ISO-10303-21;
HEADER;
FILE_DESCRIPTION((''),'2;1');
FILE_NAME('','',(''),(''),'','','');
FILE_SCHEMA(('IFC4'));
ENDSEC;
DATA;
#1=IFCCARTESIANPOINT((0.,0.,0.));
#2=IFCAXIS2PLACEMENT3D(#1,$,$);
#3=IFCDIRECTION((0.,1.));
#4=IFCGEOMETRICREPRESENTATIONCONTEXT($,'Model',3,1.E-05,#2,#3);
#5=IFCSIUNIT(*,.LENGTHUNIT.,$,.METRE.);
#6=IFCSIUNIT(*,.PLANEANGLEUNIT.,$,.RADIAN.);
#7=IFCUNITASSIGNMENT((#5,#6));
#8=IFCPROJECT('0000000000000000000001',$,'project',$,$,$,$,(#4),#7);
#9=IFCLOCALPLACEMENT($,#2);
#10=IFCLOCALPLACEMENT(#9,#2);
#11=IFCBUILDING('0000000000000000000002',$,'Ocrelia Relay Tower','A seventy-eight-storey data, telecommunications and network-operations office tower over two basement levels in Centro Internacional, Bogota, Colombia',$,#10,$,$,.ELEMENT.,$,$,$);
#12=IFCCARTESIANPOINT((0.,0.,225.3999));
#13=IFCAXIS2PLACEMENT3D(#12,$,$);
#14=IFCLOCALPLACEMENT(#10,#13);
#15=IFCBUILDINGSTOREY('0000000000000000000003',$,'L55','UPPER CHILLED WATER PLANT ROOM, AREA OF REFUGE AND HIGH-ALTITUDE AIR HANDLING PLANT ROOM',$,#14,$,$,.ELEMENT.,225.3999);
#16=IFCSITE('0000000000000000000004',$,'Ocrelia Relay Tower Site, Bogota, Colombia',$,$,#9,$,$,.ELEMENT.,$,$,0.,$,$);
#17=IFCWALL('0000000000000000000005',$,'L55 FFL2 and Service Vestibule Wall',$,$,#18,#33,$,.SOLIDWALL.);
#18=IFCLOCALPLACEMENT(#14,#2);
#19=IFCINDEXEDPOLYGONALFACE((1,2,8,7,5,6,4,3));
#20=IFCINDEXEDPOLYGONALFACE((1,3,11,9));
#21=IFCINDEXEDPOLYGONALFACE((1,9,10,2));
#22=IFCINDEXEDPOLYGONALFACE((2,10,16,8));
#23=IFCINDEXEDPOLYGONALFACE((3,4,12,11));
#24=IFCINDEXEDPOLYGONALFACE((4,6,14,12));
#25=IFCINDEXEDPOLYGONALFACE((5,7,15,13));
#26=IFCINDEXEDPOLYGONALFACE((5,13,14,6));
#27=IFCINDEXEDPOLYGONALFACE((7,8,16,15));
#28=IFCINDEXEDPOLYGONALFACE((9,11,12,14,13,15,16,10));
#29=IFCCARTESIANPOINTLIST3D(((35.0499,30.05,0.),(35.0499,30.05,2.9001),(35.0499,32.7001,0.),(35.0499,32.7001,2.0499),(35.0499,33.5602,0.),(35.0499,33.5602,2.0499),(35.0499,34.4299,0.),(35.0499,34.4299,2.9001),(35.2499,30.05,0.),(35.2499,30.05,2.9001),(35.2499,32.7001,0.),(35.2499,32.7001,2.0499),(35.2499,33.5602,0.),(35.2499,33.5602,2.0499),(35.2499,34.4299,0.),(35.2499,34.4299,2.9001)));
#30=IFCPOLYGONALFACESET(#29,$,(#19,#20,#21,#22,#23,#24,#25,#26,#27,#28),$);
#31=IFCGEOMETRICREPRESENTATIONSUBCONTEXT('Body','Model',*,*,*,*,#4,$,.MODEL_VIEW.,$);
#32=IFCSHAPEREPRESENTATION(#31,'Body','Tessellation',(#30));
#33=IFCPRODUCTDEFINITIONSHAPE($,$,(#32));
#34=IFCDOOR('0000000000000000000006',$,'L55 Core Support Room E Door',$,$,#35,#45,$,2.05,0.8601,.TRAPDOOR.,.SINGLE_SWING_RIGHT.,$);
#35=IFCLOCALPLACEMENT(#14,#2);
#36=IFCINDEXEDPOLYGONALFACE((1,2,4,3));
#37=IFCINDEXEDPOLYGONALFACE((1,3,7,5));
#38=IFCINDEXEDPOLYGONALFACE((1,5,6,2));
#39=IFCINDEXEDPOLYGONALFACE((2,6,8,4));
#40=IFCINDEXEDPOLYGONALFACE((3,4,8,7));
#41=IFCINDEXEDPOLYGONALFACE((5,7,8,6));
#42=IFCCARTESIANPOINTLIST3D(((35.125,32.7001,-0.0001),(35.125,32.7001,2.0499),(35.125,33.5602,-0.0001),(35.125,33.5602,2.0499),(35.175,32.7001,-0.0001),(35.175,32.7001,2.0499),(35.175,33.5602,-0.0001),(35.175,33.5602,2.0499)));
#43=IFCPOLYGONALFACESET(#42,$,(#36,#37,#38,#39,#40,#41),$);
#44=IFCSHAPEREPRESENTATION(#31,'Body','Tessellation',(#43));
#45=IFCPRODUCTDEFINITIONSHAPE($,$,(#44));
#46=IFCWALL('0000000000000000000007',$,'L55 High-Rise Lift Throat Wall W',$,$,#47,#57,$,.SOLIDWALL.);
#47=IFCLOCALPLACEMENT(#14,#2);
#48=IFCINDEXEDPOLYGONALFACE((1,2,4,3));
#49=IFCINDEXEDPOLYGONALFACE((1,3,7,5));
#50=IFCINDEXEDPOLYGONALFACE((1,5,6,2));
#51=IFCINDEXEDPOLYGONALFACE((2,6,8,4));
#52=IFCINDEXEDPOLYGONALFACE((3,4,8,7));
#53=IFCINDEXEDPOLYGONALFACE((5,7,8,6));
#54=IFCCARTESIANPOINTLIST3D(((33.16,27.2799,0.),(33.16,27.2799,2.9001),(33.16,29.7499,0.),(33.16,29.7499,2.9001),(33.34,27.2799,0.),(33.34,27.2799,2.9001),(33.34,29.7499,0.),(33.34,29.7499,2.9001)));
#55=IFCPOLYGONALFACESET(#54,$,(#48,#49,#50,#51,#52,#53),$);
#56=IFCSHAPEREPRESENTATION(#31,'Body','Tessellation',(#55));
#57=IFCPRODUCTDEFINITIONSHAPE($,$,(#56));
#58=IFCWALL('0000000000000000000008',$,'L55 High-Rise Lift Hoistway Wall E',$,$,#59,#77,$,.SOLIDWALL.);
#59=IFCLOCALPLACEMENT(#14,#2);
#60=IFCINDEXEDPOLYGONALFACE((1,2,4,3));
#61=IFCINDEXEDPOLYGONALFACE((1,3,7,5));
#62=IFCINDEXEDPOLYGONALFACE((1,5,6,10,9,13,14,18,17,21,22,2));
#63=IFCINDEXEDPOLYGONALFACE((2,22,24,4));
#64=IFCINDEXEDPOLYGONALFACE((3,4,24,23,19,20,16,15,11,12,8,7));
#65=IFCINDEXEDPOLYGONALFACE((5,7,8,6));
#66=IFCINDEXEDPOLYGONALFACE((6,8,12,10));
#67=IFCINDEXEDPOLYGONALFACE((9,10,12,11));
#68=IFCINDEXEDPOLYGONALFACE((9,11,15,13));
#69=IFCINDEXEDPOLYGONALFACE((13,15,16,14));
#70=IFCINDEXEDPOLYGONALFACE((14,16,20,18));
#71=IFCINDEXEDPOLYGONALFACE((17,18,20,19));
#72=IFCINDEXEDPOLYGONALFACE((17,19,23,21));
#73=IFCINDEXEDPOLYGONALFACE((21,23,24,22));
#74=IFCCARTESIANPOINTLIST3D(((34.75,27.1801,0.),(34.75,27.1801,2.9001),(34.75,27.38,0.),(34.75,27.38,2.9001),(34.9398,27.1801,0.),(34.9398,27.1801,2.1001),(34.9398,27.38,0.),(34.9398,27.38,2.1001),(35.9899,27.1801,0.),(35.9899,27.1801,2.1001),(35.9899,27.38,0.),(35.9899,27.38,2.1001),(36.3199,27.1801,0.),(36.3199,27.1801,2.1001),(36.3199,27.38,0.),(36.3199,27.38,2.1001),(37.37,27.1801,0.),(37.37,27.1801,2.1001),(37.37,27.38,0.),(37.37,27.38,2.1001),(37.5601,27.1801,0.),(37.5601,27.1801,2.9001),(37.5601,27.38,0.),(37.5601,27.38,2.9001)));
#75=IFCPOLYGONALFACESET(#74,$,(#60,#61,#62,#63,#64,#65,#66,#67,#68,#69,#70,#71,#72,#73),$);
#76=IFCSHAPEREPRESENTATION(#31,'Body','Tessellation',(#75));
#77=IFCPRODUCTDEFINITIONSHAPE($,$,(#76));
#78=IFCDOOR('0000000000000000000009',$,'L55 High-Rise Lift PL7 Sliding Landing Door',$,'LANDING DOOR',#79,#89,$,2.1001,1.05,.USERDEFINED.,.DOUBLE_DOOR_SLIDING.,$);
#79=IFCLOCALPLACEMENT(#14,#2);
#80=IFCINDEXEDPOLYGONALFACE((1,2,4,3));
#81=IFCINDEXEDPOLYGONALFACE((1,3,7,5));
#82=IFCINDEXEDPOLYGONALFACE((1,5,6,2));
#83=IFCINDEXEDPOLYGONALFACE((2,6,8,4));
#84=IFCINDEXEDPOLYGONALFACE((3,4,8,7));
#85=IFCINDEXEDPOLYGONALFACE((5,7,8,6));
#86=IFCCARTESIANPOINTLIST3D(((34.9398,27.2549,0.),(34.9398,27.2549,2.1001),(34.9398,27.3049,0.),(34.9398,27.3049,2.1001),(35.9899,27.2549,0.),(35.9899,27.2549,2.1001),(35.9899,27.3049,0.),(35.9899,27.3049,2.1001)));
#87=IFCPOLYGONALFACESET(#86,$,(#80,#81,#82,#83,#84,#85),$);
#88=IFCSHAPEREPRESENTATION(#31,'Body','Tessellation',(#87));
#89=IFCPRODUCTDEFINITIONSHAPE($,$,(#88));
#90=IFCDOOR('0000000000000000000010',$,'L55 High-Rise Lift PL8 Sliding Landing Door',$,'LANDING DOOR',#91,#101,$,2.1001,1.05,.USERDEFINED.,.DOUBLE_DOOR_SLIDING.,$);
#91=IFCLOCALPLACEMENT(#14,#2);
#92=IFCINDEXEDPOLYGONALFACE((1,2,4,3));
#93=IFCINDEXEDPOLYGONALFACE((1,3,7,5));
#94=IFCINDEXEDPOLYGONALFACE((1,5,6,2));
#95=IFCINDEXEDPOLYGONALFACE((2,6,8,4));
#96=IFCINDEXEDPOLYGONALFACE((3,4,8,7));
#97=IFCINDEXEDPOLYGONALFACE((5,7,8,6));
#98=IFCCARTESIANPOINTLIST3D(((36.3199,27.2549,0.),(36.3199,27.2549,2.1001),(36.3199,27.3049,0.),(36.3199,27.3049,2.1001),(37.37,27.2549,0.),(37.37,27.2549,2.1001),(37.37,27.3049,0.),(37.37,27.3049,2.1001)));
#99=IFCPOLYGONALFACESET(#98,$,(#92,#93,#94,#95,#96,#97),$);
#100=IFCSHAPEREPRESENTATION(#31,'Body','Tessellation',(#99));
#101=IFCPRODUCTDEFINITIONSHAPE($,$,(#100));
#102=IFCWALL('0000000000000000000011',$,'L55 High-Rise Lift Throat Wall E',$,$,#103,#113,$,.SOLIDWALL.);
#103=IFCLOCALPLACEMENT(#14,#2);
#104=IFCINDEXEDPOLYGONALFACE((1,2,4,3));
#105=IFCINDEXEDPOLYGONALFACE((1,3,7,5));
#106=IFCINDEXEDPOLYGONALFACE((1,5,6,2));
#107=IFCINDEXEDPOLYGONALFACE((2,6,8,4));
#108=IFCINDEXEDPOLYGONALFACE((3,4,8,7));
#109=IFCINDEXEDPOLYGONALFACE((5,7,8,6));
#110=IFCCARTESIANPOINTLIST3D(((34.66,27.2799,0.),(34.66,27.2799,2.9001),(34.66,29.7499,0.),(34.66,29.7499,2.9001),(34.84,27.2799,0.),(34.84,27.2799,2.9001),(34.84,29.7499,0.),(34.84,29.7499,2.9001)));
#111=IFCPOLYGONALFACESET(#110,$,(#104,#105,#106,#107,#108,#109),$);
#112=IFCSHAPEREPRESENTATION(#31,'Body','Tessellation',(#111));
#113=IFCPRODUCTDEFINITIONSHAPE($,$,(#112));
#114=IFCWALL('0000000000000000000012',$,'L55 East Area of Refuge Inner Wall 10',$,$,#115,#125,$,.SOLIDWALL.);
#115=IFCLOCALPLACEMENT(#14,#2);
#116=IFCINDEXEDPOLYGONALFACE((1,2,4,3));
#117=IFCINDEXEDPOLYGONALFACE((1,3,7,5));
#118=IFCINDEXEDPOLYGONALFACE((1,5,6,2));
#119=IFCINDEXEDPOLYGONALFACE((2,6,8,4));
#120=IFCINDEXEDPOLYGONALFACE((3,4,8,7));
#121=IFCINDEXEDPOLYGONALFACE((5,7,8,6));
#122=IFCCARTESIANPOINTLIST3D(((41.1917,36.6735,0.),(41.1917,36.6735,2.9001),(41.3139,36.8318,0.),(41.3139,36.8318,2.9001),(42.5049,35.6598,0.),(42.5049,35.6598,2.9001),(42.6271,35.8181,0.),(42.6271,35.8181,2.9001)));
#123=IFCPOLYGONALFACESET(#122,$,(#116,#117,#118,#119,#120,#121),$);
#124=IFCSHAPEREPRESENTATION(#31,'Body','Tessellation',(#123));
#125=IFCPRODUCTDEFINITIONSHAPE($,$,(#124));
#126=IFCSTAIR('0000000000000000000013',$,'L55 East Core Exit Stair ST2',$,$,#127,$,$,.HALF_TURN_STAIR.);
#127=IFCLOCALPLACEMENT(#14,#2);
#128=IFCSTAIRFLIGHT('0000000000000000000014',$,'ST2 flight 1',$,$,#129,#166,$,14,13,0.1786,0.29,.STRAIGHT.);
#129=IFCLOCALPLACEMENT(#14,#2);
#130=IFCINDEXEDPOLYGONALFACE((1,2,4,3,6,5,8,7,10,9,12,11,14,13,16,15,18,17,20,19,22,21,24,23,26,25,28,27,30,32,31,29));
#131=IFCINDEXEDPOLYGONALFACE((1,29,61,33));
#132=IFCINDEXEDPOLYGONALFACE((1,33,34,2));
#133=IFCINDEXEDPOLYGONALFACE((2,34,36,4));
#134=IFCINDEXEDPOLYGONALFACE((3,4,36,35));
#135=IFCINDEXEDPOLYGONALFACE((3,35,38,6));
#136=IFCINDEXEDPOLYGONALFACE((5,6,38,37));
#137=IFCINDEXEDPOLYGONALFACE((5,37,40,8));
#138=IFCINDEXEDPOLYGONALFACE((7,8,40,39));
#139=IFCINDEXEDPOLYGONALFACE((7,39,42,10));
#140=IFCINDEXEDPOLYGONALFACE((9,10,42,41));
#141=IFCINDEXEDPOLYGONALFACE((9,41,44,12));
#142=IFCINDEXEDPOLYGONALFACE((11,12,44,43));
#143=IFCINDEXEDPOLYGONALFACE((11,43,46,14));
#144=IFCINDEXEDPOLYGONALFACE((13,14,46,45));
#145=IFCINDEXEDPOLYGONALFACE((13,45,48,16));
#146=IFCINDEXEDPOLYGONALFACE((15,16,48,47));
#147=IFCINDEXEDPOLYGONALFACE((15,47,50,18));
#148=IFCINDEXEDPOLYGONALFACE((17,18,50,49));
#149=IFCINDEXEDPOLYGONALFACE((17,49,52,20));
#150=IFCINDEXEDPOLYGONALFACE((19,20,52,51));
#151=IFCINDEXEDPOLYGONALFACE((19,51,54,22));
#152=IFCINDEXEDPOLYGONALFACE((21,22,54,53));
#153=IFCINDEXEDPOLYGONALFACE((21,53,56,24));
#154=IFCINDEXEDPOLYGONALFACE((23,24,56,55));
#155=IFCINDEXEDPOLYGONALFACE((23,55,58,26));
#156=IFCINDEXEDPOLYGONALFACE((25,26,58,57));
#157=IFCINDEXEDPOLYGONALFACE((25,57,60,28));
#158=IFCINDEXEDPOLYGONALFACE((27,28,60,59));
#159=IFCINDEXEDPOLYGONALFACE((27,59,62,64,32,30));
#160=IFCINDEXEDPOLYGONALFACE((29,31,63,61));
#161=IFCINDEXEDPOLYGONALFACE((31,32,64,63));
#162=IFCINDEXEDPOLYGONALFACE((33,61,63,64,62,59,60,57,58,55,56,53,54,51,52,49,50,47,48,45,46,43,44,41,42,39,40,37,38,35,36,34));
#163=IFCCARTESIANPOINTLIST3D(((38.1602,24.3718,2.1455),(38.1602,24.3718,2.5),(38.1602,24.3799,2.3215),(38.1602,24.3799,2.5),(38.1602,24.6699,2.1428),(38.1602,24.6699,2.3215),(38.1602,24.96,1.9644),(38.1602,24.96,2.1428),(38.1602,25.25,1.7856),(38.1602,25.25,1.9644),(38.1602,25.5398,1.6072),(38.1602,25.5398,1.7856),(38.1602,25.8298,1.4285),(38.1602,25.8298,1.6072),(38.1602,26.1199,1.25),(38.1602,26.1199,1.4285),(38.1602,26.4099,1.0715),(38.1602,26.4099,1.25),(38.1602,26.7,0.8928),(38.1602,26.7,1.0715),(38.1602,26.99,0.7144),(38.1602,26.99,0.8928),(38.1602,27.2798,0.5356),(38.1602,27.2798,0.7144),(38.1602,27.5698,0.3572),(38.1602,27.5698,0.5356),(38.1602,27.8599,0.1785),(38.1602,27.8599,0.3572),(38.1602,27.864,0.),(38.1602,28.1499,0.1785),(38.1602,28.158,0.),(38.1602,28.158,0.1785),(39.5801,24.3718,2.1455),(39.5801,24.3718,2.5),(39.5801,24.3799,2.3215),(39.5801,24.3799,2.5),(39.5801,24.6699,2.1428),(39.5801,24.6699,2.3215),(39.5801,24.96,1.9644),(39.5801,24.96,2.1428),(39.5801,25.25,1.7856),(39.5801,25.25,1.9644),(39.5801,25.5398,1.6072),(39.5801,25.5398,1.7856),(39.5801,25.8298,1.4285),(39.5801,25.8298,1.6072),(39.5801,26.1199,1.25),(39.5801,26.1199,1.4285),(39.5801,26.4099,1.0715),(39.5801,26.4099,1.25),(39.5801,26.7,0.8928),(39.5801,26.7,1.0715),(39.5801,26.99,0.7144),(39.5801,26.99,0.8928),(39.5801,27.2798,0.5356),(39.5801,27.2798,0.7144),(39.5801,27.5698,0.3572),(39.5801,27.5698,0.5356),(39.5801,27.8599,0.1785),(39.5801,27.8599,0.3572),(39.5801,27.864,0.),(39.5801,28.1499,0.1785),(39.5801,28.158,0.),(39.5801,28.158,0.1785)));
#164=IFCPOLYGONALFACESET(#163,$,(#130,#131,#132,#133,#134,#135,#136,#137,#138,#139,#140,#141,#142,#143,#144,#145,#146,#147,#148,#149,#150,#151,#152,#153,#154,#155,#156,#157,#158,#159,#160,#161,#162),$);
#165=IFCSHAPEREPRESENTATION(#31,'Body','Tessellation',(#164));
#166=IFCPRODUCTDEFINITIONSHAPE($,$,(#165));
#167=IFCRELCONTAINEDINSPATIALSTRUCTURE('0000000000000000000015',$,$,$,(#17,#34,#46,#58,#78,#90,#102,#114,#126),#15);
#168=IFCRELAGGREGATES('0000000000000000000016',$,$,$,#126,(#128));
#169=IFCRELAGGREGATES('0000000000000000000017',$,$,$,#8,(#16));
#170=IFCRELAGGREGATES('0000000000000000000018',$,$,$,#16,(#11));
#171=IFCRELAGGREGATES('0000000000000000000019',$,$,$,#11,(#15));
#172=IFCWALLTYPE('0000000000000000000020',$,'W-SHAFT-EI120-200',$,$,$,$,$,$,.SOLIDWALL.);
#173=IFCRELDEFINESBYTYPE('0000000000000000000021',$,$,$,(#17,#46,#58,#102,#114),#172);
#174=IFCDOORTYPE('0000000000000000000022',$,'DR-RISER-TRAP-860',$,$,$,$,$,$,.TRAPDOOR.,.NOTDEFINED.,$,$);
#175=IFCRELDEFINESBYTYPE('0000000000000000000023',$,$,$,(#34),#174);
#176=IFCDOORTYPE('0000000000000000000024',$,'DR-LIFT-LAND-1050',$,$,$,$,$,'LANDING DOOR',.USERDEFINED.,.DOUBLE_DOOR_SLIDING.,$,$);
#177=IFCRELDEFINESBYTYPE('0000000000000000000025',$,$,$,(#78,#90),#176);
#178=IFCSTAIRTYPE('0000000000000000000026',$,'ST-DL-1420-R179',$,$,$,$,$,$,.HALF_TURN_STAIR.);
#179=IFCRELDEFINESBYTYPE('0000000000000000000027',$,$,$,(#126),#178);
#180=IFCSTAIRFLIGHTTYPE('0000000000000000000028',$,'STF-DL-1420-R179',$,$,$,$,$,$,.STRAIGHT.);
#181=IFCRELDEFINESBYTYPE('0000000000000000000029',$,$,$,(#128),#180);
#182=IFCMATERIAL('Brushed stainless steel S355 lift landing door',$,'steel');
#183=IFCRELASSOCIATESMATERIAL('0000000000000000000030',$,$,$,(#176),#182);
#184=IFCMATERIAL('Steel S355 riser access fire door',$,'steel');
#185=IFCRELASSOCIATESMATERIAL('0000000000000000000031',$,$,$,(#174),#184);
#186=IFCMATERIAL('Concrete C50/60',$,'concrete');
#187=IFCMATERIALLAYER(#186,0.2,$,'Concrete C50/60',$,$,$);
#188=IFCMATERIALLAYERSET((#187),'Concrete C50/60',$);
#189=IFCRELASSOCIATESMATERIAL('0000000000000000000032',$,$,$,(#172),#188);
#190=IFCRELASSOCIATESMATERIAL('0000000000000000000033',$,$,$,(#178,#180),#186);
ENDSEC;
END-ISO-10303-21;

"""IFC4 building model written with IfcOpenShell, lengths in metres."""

from ifc_helpers import new_model, si_unit, direction, frame, frame_2d, origin, place, context, subcontext, project, spatial, polyline, rectangle, outline, extrude, material, layer, layer_set, type_object, element, fill, aggregate, save


model = new_model("IFC4")

# Units and contexts
model_context = context("Model", 3, precision=1e-05, world=origin(), true_north=direction((0.0, 1.0)))
body_context = subcontext(model_context, "Body", "Model", "MODEL_VIEW")
ifc_project = project(units=[si_unit("LENGTHUNIT", "METRE"), si_unit("PLANEANGLEUNIT", "RADIAN")], contexts=[model_context])

# Site, building, storey
site_placement = place(None, origin())
site = spatial("IfcSite", under=ifc_project, at=site_placement, Name="Ocrelia Relay Tower Site, Bogota, Colombia", CompositionType="ELEMENT", RefElevation=0.0)
building_placement = place(site_placement, origin())
building = spatial("IfcBuilding", under=site, at=building_placement, Name="Ocrelia Relay Tower", Description="A seventy-eight-storey data, telecommunications and network-operations office tower over two basement levels in Centro Internacional, Bogota, Colombia", CompositionType="ELEMENT")
storey_placement = place(building_placement, frame((0.0, 0.0, 225.3999)))
storey = spatial("IfcBuildingStorey", under=building, at=storey_placement, Name="L55", Description="UPPER CHILLED WATER PLANT ROOM, AREA OF REFUGE AND HIGH-ALTITUDE AIR HANDLING PLANT ROOM", CompositionType="ELEMENT", Elevation=225.3999)

# Shared definitions
ifc_material_1 = material(Name="Concrete C50/60", Category="concrete")
ifc_material_2 = material(Name="Brushed stainless steel S355 lift landing door", Category="steel")
door_type_1 = type_object("IfcDoorType", Name="DR-LIFT-LAND-1050", ElementType="LANDING DOOR", OperationType="DOUBLE_DOOR_SLIDING", PredefinedType="USERDEFINED", material=ifc_material_2)

# Shared definitions
ifc_material_3 = material(Name="Steel S355 riser access fire door", Category="steel")
door_type_2 = type_object("IfcDoorType", Name="DR-RISER-TRAP-860", OperationType="NOTDEFINED", PredefinedType="TRAPDOOR", material=ifc_material_3)
ifc_layer_1 = layer(ifc_material_1, 0.2, Name="Concrete C50/60")
ifc_layer_set_1 = layer_set([ifc_layer_1], Name="Concrete C50/60")
wall_type_1 = type_object("IfcWallType", Name="W-SHAFT-EI120-200", PredefinedType="SOLIDWALL", material=ifc_layer_set_1)

# Wall, opening, door
wall_1_placement = place(storey_placement, frame((35.1499, 30.05, 0.0), z_axis=(0.0, 0.0, 1.0), x_axis=(0.0, 1.0, 0.0)))
wall_1 = element("IfcWall", 1, at=wall_1_placement, inside=storey, type_object=wall_type_1, Name="L55 FFL2 and Service Vestibule Wall", PredefinedType="SOLIDWALL", context=body_context, shape_type="SweptSolid", body=[
    extrude(rectangle(XDim=4.3799, YDim=0.2, at=frame_2d((2.1899, 0.0))), origin(), (0.0, 0.0, 1.0), 2.9001),
])
opening_1_placement = place(wall_1_placement, frame((2.6499, 0.0, 0.0)))
opening_1 = element("IfcOpeningElement", 2, at=opening_1_placement, cuts=wall_1, PredefinedType="OPENING", context=body_context, shape_type="SweptSolid", body=[
    extrude(rectangle(XDim=0.8601, YDim=2.05, at=frame_2d((0.4302, 1.0249))), frame((0.0, 0.1099, 0.0), z_axis=(0.0, -1.0, 0.0), x_axis=(1.0, 0.0, 0.0)), (0.0, 0.0, 1.0), 0.22),
])
door_1_placement = place(opening_1_placement, origin())
door_1 = element("IfcDoor", 3, at=door_1_placement, inside=storey, type_object=door_type_2, Name="L55 Core Support Room E Door", OperationType="SINGLE_SWING_RIGHT", OverallHeight=2.05, OverallWidth=0.8601, PredefinedType="TRAPDOOR", context=body_context, shape_type="SweptSolid", body=[
    extrude(rectangle(XDim=0.8601, YDim=2.05, at=frame_2d((0.4302, 1.0249))), frame((0.0, 0.0249, 0.0), z_axis=(0.0, -1.0, 0.0), x_axis=(1.0, 0.0, 0.0)), (0.0, 0.0, 1.0), 0.05),
])
fill(opening_1, door_1)

# Wall
wall_2_placement = place(storey_placement, frame((33.25, 27.28, 0.0), z_axis=(0.0, 0.0, 1.0), x_axis=(0.0, 1.0, 0.0)))
element("IfcWall", 4, at=wall_2_placement, inside=storey, type_object=wall_type_1, Name="L55 High-Rise Lift Throat Wall W", PredefinedType="SOLIDWALL", context=body_context, shape_type="SweptSolid", body=[
    extrude(rectangle(XDim=2.47, YDim=0.1799, at=frame_2d((1.2349, 0.0))), origin(), (0.0, 0.0, 1.0), 2.9001),
])

# Wall, openings, doors
wall_3_placement = place(storey_placement, frame((34.75, 27.28, 0.0), z_axis=(0.0, 0.0, 1.0), x_axis=(1.0, 0.0, 0.0)))
wall_3 = element("IfcWall", 5, at=wall_3_placement, inside=storey, type_object=wall_type_1, Name="L55 High-Rise Lift Hoistway Wall E", PredefinedType="SOLIDWALL", context=body_context, shape_type="SweptSolid", body=[
    extrude(rectangle(XDim=2.8101, YDim=0.2, at=frame_2d((1.405, 0.0))), origin(), (0.0, 0.0, 1.0), 2.9001),
])
opening_2_placement = place(wall_3_placement, frame((0.1899, 0.0, 0.0)))
opening_2 = element("IfcOpeningElement", 6, at=opening_2_placement, cuts=wall_3, PredefinedType="OPENING", context=body_context, shape_type="SweptSolid", body=[
    extrude(rectangle(XDim=1.05, YDim=2.1001, at=frame_2d((0.5249, 1.05))), frame((0.0, 0.1099, 0.0), z_axis=(0.0, -1.0, 0.0), x_axis=(1.0, 0.0, 0.0)), (0.0, 0.0, 1.0), 0.22),
])
opening_3_placement = place(wall_3_placement, frame((1.5701, 0.0, 0.0)))
opening_3 = element("IfcOpeningElement", 7, at=opening_3_placement, cuts=wall_3, PredefinedType="OPENING", context=body_context, shape_type="SweptSolid", body=[
    extrude(rectangle(XDim=1.05, YDim=2.1001, at=frame_2d((0.5249, 1.05))), frame((0.0, 0.1099, 0.0), z_axis=(0.0, -1.0, 0.0), x_axis=(1.0, 0.0, 0.0)), (0.0, 0.0, 1.0), 0.22),
])
door_2_placement = place(opening_2_placement, origin())
door_2 = element("IfcDoor", 8, at=door_2_placement, inside=storey, type_object=door_type_1, Name="L55 High-Rise Lift PL7 Sliding Landing Door", ObjectType="LANDING DOOR", OperationType="DOUBLE_DOOR_SLIDING", OverallHeight=2.1001, OverallWidth=1.05, PredefinedType="USERDEFINED", context=body_context, shape_type="SweptSolid", body=[
    extrude(rectangle(XDim=1.05, YDim=2.1001, at=frame_2d((0.5249, 1.05))), frame((0.0, 0.0249, 0.0), z_axis=(0.0, -1.0, 0.0), x_axis=(1.0, 0.0, 0.0)), (0.0, 0.0, 1.0), 0.05),
])
fill(opening_2, door_2)
door_3_placement = place(opening_3_placement, origin())
door_3 = element("IfcDoor", 9, at=door_3_placement, inside=storey, type_object=door_type_1, Name="L55 High-Rise Lift PL8 Sliding Landing Door", ObjectType="LANDING DOOR", OperationType="DOUBLE_DOOR_SLIDING", OverallHeight=2.1001, OverallWidth=1.05, PredefinedType="USERDEFINED", context=body_context, shape_type="SweptSolid", body=[
    extrude(rectangle(XDim=1.05, YDim=2.1001, at=frame_2d((0.5249, 1.05))), frame((0.0, 0.0249, 0.0), z_axis=(0.0, -1.0, 0.0), x_axis=(1.0, 0.0, 0.0)), (0.0, 0.0, 1.0), 0.05),
])
fill(opening_3, door_3)

# Walls
wall_4_placement = place(storey_placement, frame((34.75, 27.28, 0.0), z_axis=(0.0, 0.0, 1.0), x_axis=(0.0, 1.0, 0.0)))
element("IfcWall", 10, at=wall_4_placement, inside=storey, type_object=wall_type_1, Name="L55 High-Rise Lift Throat Wall E", PredefinedType="SOLIDWALL", context=body_context, shape_type="SweptSolid", body=[
    extrude(rectangle(XDim=2.47, YDim=0.1799, at=frame_2d((1.2349, 0.0))), origin(), (0.0, 0.0, 1.0), 2.9001),
])
wall_5_placement = place(storey_placement, frame((41.2527, 36.7527, 0.0), z_axis=(0.0, 0.0, 1.0), x_axis=(0.791605, -0.611033, 0.0)))
element("IfcWall", 11, at=wall_5_placement, inside=storey, type_object=wall_type_1, Name="L55 East Area of Refuge Inner Wall 10", PredefinedType="SOLIDWALL", context=body_context, shape_type="SweptSolid", body=[
    extrude(rectangle(XDim=1.6589, YDim=0.2, at=frame_2d((0.8296, 0.0))), origin(), (0.0, 0.0, 1.0), 2.9001),
])

# Stair, stair flight
stair_type = type_object("IfcStairType", Name="ST-DL-1420-R179", PredefinedType="HALF_TURN_STAIR", material=ifc_material_1)
stair_placement = place(storey_placement, origin())
stair = element("IfcStair", 12, at=stair_placement, inside=storey, type_object=stair_type, Name="L55 East Core Exit Stair ST2", PredefinedType="HALF_TURN_STAIR")
stair_flight_type = type_object("IfcStairFlightType", Name="STF-DL-1420-R179", PredefinedType="STRAIGHT", material=ifc_material_1)
stair_flight_placement = place(storey_placement, frame((38.8701, 28.1499, 0.0), z_axis=(0.0, 0.0, 1.0), x_axis=(0.0, -1.0, 0.0)))
stair_flight = element("IfcStairFlight", 13, at=stair_flight_placement, type_object=stair_flight_type, Name="ST2 flight 1", NumberOfRisers=14, NumberOfTreads=13, PredefinedType="STRAIGHT", RiserHeight=0.1786, TreadLength=0.29, context=body_context, shape_type="SweptSolid", body=[
    extrude(outline(polyline([(-0.0081, 0.0), (-0.0081, 0.1785), (0.0, 0.1785), (0.29, 0.1785), (0.29, 0.3572), (0.5801, 0.3572), (0.5801, 0.5356), (0.8701, 0.5356), (0.8701, 0.7144), (1.1599, 0.7144), (1.1599, 0.8928), (1.45, 0.8928), (1.45, 1.0715), (1.74, 1.0715), (1.74, 1.25), (2.03, 1.25), (2.03, 1.4285), (2.3201, 1.4285), (2.3201, 1.6072), (2.6101, 1.6072), (2.6101, 1.7856), (2.8999, 1.7856), (2.8999, 1.9644), (3.1899, 1.9644), (3.1899, 2.1428), (3.48, 2.1428), (3.48, 2.3215), (3.77, 2.3215), (3.77, 2.5), (3.7781, 2.5), (3.7781, 2.1455), (0.2859, 0.0), (-0.0081, 0.0)])), frame((0.0, 0.71, 0.0), z_axis=(0.0, -1.0, 0.0), x_axis=(1.0, 0.0, 0.0)), (0.0, 0.0, 1.0), 1.4199),
])
aggregate(stair, [stair_flight])

save(model, "model.ifc")
